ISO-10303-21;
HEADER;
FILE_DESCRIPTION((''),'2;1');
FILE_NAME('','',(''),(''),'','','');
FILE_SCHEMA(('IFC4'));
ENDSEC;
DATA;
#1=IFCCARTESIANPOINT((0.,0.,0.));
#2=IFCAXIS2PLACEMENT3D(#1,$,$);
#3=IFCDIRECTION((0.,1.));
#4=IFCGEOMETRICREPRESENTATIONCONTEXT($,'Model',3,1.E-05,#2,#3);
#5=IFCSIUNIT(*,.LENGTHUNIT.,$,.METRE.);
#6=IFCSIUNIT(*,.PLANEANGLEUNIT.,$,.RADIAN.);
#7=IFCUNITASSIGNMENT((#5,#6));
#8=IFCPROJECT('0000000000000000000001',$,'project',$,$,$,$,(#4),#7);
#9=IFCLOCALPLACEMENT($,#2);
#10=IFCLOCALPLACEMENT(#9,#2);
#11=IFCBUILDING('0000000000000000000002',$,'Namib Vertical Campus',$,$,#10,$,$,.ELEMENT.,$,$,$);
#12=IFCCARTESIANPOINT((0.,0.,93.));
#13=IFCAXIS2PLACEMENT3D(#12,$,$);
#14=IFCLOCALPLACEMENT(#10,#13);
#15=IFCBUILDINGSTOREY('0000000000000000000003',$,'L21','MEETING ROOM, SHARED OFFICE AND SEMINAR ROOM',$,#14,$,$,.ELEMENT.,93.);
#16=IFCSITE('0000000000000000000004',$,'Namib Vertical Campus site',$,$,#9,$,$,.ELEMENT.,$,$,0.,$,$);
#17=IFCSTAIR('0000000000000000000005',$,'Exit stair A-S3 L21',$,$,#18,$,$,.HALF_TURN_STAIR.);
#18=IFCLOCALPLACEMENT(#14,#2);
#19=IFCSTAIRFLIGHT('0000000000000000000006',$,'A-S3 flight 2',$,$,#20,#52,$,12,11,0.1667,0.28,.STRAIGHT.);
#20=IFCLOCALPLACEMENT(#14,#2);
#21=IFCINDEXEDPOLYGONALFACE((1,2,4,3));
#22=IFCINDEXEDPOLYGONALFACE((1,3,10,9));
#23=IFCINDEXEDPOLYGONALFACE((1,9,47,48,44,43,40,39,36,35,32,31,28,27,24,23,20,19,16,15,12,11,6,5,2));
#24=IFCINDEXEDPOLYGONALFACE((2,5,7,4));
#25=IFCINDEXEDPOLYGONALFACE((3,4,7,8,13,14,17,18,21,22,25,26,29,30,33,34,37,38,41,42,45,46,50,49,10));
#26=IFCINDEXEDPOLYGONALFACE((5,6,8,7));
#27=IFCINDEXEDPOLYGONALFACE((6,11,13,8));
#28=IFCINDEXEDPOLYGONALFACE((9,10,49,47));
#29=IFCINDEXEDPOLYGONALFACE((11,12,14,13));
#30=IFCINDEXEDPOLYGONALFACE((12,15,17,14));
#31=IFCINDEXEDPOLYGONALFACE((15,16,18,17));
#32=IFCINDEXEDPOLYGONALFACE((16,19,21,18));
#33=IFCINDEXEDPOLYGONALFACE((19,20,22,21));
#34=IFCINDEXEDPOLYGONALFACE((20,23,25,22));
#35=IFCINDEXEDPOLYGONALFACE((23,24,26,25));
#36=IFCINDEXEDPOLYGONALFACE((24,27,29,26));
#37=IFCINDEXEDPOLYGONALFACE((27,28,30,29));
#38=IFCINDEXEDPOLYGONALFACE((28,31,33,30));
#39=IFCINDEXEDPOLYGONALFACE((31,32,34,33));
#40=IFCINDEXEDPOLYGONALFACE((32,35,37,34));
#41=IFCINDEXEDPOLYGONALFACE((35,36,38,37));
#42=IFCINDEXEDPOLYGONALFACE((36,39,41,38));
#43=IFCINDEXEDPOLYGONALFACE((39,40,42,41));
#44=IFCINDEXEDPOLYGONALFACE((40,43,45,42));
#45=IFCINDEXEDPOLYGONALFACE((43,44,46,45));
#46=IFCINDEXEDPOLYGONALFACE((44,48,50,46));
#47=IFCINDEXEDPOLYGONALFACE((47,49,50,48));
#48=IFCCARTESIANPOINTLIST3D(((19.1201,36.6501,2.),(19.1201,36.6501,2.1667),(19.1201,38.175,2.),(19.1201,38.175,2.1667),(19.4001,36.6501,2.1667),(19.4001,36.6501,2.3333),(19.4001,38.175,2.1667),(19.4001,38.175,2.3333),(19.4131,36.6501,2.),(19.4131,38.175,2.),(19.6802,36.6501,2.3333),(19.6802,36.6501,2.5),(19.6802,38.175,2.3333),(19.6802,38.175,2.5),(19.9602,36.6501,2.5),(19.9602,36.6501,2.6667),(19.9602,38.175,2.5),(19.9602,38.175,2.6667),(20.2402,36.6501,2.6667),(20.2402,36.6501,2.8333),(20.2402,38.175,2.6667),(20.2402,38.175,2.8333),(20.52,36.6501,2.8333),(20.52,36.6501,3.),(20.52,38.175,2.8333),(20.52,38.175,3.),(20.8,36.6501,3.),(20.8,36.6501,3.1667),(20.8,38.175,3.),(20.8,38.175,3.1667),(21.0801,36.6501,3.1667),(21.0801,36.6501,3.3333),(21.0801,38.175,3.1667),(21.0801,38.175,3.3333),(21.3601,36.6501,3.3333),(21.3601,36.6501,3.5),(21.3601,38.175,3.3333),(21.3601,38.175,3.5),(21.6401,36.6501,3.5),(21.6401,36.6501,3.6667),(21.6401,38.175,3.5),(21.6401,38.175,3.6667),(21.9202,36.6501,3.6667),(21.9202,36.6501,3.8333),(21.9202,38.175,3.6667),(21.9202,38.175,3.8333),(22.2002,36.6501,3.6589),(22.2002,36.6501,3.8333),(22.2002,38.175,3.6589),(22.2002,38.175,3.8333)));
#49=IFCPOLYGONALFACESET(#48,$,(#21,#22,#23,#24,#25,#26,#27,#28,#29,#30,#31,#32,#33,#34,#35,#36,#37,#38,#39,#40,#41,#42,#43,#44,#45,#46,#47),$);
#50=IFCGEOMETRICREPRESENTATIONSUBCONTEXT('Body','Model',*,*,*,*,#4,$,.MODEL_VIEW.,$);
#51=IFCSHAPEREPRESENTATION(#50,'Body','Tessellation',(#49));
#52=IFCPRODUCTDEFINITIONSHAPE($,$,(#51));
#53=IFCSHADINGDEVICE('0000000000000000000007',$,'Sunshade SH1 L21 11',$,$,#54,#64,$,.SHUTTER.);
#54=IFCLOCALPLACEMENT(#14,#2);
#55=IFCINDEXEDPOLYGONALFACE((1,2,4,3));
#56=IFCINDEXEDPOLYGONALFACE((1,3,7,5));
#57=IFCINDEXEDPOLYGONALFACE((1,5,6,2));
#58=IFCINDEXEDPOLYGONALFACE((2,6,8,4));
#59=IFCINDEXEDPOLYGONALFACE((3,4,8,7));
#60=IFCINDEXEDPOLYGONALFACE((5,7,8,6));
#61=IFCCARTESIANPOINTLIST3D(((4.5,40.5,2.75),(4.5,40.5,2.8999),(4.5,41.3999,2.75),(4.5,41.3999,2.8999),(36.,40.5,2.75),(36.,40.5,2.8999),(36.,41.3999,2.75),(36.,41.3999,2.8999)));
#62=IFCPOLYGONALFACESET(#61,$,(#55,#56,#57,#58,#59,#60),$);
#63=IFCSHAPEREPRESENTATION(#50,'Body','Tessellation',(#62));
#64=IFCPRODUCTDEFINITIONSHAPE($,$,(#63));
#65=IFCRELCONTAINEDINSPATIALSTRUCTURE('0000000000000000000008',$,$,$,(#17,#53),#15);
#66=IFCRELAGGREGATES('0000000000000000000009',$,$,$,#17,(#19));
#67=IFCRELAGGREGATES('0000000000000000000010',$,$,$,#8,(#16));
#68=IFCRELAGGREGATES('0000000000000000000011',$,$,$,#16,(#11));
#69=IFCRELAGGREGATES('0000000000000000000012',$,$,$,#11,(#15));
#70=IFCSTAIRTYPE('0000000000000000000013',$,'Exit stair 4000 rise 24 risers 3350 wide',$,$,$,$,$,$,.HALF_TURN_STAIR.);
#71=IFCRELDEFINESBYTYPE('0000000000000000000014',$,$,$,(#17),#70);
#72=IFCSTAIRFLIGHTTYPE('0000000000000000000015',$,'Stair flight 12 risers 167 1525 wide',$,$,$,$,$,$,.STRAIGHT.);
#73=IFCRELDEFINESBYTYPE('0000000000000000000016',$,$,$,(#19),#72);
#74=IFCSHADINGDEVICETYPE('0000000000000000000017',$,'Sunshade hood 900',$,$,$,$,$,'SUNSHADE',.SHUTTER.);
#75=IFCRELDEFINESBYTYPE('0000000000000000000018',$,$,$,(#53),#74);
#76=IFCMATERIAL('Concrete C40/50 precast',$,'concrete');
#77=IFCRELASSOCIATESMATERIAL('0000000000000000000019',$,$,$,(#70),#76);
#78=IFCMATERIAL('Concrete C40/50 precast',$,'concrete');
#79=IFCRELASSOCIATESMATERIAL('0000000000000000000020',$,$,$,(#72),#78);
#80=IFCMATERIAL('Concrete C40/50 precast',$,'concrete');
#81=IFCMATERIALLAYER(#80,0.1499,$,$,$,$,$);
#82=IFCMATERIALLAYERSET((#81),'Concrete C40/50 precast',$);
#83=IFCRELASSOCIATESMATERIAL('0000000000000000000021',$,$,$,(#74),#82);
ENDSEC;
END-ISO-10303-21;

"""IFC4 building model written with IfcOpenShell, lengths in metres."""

from ifc_helpers import new_model, si_unit, direction, frame, origin, origin_2d, place, context, subcontext, project, spatial, polyline, rectangle, outline, extrude, material, layer, layer_set, type_object, element, aggregate, save


model = new_model("IFC4")

# Units and contexts
model_context = context("Model", 3, precision=1e-05, world=origin(), true_north=direction((0.0, 1.0)))
body_context = subcontext(model_context, "Body", "Model", "MODEL_VIEW")
ifc_project = project(units=[si_unit("LENGTHUNIT", "METRE"), si_unit("PLANEANGLEUNIT", "RADIAN")], contexts=[model_context])

# Site, building, storey
site_placement = place(None, origin())
site = spatial("IfcSite", under=ifc_project, at=site_placement, Name="Namib Vertical Campus site", CompositionType="ELEMENT", RefElevation=0.0)
building_placement = place(site_placement, origin())
building = spatial("IfcBuilding", under=site, at=building_placement, Name="Namib Vertical Campus", CompositionType="ELEMENT")
storey_placement = place(building_placement, frame((0.0, 0.0, 93.0)))
storey = spatial("IfcBuildingStorey", under=building, at=storey_placement, Name="L21", Description="MEETING ROOM, SHARED OFFICE AND SEMINAR ROOM", CompositionType="ELEMENT", Elevation=93.0)

# Stair, stair flight
ifc_material_1 = material(Name="Concrete C40/50 precast", Category="concrete")
stair_type = type_object("IfcStairType", Name="Exit stair 4000 rise 24 risers 3350 wide", PredefinedType="HALF_TURN_STAIR", material=ifc_material_1)
stair_placement = place(storey_placement, origin())
stair = element("IfcStair", 1, at=stair_placement, inside=storey, type_object=stair_type, Name="Exit stair A-S3 L21", PredefinedType="HALF_TURN_STAIR")
ifc_material_2 = material(Name="Concrete C40/50 precast", Category="concrete")
stair_flight_type = type_object("IfcStairFlightType", Name="Stair flight 12 risers 167 1525 wide", PredefinedType="STRAIGHT", material=ifc_material_2)
stair_flight_1_placement = place(storey_placement, frame((19.1201, 37.4126, 2.0), z_axis=(0.0, 0.0, 1.0), x_axis=(1.0, 0.0, 0.0)))
stair_flight_1 = element("IfcStairFlight", 2, at=stair_flight_1_placement, type_object=stair_flight_type, Name="A-S3 flight 2", NumberOfRisers=12, NumberOfTreads=11, PredefinedType="STRAIGHT", RiserHeight=0.1667, TreadLength=0.28, context=body_context, shape_type="SweptSolid", body=[
    extrude(outline(polyline([(0.0, 0.0), (0.0, 0.1667), (0.28, 0.1667), (0.28, 0.3333), (0.5601, 0.3333), (0.5601, 0.5), (0.8401, 0.5), (0.8401, 0.6667), (1.1201, 0.6667), (1.1201, 0.8333), (1.3999, 0.8333), (1.3999, 1.0), (1.6799, 1.0), (1.6799, 1.1667), (1.96, 1.1667), (1.96, 1.3333), (2.24, 1.3333), (2.24, 1.5), (2.52, 1.5), (2.52, 1.6667), (2.8, 1.6667), (2.8, 1.8333), (3.0801, 1.8333), (3.0801, 2.0), (3.0801, 1.6589), (0.293, 0.0), (0.0, 0.0)])), frame((0.0, 0.7625, 0.0), z_axis=(0.0, -1.0, 0.0), x_axis=(1.0, 0.0, 0.0)), (0.0, 0.0, 1.0), 1.5249),
])
aggregate(stair, [stair_flight_1])

# Shading device
ifc_material_3 = material(Name="Concrete C40/50 precast", Category="concrete")
ifc_layer_1 = layer(ifc_material_3, 0.1499)
ifc_layer_set_1 = layer_set([ifc_layer_1], Name="Concrete C40/50 precast")
shading_device_type = type_object("IfcShadingDeviceType", Name="Sunshade hood 900", ElementType="SUNSHADE", PredefinedType="SHUTTER", material=ifc_layer_set_1)
shading_device_placement = place(storey_placement, frame((20.25, 40.95, 2.75), z_axis=(0.0, 0.0, 1.0), x_axis=(-1.0, 0.0, 0.0)))
element("IfcShadingDevice", 3, at=shading_device_placement, inside=storey, type_object=shading_device_type, Name="Sunshade SH1 L21 11", PredefinedType="SHUTTER", context=body_context, shape_type="SweptSolid", body=[
    extrude(rectangle(XDim=31.5, YDim=0.8999, at=origin_2d()), origin(), (0.0, 0.0, 1.0), 0.1499),
])

save(model, "model.ifc")
